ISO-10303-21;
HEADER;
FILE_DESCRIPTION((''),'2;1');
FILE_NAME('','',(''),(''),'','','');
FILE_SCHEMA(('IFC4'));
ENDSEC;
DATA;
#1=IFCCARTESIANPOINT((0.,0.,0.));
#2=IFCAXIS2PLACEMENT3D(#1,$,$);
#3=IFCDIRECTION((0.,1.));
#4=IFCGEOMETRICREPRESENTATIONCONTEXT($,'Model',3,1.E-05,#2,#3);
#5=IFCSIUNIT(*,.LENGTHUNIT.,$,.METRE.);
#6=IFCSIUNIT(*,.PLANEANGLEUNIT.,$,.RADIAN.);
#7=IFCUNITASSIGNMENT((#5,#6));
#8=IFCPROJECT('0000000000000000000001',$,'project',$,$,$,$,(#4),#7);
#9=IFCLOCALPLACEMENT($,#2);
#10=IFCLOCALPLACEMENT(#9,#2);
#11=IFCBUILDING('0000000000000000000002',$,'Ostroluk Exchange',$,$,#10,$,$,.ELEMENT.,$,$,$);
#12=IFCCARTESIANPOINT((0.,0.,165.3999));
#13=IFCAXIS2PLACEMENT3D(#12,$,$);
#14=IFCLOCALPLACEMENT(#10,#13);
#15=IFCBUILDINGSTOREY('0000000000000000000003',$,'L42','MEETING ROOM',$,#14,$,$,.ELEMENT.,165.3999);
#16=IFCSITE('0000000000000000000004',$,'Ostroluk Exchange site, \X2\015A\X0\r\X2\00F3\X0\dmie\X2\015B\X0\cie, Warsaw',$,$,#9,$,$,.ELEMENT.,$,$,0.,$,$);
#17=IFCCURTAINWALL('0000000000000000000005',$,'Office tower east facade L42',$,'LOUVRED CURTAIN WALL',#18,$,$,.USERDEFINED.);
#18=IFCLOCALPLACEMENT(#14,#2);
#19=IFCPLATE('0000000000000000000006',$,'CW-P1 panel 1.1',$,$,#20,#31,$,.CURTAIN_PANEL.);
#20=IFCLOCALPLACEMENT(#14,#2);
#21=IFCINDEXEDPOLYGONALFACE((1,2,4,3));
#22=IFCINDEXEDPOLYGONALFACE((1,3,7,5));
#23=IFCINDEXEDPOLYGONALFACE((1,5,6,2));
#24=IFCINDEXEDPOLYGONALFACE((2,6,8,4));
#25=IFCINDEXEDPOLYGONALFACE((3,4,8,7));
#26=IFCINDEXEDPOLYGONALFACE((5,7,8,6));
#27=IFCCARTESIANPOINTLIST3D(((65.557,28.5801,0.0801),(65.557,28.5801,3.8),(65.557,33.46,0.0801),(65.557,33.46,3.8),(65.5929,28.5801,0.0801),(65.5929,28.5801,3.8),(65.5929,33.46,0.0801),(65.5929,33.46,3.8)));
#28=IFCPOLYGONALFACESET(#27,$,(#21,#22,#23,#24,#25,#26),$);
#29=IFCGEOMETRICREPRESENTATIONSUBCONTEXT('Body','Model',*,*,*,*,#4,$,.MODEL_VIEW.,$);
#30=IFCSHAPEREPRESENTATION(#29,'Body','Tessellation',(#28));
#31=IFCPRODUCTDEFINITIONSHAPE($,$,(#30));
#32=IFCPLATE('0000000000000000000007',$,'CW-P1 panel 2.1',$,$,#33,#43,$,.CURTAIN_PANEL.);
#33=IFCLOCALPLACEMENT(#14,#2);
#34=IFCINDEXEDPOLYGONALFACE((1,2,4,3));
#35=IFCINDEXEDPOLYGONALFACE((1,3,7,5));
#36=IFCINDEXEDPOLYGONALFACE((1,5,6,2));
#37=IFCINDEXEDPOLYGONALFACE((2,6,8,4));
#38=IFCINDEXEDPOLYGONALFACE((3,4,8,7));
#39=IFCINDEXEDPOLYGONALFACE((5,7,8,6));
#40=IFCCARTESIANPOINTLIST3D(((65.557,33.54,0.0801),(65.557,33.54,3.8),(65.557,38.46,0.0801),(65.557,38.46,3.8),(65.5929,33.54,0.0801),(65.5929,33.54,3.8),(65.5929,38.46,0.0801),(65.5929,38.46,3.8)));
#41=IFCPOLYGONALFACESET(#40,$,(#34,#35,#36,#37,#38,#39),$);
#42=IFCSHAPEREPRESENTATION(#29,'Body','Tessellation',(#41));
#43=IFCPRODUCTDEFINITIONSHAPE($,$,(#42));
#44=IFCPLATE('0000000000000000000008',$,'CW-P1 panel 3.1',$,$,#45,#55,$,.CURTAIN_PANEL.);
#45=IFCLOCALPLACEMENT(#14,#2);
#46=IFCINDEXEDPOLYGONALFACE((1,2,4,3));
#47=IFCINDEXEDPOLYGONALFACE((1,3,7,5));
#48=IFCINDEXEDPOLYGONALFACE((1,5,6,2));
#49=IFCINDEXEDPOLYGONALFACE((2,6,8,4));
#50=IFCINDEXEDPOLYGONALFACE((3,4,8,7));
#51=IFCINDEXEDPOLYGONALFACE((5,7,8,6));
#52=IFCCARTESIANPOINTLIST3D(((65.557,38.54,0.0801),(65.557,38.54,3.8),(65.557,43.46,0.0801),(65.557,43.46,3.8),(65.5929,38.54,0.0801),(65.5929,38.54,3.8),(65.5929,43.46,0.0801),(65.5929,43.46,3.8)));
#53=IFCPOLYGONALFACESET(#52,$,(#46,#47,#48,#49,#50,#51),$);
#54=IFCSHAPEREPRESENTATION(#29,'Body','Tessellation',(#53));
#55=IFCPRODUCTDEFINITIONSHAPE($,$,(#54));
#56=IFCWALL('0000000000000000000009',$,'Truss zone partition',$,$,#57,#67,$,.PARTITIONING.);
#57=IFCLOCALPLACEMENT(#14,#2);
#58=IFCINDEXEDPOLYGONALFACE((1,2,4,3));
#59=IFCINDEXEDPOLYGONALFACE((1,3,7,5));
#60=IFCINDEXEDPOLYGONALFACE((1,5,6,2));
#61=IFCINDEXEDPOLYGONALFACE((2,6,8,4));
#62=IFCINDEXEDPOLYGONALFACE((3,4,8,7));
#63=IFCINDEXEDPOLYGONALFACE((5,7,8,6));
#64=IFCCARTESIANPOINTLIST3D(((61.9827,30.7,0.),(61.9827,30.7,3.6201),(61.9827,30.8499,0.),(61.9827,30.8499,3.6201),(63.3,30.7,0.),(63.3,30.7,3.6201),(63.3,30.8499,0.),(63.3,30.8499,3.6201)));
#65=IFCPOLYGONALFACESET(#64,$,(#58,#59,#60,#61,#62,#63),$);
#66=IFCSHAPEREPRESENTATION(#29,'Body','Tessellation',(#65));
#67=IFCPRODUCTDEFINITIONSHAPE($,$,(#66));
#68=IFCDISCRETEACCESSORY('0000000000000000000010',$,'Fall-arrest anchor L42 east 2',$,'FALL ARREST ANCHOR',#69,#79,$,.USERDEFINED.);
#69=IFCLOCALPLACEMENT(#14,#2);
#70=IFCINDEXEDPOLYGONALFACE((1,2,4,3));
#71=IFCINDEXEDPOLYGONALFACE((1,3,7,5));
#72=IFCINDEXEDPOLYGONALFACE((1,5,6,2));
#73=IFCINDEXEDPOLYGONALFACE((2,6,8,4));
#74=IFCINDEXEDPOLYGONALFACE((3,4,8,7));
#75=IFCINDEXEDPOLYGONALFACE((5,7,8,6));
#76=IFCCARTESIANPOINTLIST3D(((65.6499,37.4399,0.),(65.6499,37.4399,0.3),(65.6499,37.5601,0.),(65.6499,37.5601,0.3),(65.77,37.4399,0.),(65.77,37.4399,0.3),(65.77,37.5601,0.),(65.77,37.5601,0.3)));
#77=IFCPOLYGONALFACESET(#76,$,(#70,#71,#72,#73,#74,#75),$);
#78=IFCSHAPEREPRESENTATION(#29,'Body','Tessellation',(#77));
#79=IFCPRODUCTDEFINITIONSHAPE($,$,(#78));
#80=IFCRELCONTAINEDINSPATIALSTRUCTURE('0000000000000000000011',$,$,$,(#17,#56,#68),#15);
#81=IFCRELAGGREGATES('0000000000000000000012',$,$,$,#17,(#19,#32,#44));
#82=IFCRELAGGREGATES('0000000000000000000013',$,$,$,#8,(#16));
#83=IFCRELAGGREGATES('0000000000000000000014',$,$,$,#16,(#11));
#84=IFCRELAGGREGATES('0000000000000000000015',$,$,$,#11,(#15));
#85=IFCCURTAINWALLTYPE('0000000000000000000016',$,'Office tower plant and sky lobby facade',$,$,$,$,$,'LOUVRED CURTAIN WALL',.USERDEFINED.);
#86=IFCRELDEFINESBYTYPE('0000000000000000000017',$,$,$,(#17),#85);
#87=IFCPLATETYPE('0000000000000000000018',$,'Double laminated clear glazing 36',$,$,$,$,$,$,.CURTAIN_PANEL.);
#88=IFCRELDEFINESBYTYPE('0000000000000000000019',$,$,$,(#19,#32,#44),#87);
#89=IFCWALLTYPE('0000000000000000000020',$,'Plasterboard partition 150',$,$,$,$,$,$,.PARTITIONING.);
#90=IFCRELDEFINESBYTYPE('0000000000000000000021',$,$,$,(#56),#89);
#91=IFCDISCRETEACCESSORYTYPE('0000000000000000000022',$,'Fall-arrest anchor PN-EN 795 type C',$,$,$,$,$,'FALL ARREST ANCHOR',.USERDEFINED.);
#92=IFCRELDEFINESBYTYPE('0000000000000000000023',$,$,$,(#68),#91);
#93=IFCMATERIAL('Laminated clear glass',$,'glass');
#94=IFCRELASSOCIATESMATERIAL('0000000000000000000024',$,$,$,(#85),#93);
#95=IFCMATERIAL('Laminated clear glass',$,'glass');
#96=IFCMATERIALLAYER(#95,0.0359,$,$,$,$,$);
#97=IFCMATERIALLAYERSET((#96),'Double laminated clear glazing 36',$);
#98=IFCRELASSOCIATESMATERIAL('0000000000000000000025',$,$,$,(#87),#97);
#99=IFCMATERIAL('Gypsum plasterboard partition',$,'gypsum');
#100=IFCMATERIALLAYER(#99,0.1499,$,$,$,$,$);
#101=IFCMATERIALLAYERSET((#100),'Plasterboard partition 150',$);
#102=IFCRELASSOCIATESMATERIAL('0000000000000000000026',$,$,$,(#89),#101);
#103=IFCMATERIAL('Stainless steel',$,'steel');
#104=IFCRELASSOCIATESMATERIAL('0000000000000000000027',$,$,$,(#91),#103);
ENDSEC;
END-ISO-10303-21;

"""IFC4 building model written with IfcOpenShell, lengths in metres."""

from ifc_helpers import new_model, si_unit, direction, frame, frame_2d, origin, origin_2d, place, context, subcontext, project, spatial, rectangle, extrude, material, layer, layer_set, type_object, element, aggregate, save


model = new_model("IFC4")

# Units and contexts
model_context = context("Model", 3, precision=1e-05, world=origin(), true_north=direction((0.0, 1.0)))
body_context = subcontext(model_context, "Body", "Model", "MODEL_VIEW")
ifc_project = project(units=[si_unit("LENGTHUNIT", "METRE"), si_unit("PLANEANGLEUNIT", "RADIAN")], contexts=[model_context])

# Site, building, storey
site_placement = place(None, origin())
site = spatial("IfcSite", under=ifc_project, at=site_placement, Name="Ostroluk Exchange site, Śródmieście, Warsaw", CompositionType="ELEMENT", RefElevation=0.0)
building_placement = place(site_placement, origin())
building = spatial("IfcBuilding", under=site, at=building_placement, Name="Ostroluk Exchange", CompositionType="ELEMENT")
storey_placement = place(building_placement, frame((0.0, 0.0, 165.3999)))
storey = spatial("IfcBuildingStorey", under=building, at=storey_placement, Name="L42", Description="MEETING ROOM", CompositionType="ELEMENT", Elevation=165.3999)

# Curtain wall, plates
ifc_material_1 = material(Name="Laminated clear glass", Category="glass")
curtain_wall_type = type_object("IfcCurtainWallType", Name="Office tower plant and sky lobby facade", ElementType="LOUVRED CURTAIN WALL", PredefinedType="USERDEFINED", material=ifc_material_1)
curtain_wall_placement = place(storey_placement, origin())
curtain_wall = element("IfcCurtainWall", 1, at=curtain_wall_placement, inside=storey, type_object=curtain_wall_type, Name="Office tower east facade L42", ObjectType="LOUVRED CURTAIN WALL", PredefinedType="USERDEFINED")
ifc_material_2 = material(Name="Laminated clear glass", Category="glass")
ifc_layer_1 = layer(ifc_material_2, 0.0359)
ifc_layer_set_1 = layer_set([ifc_layer_1], Name="Double laminated clear glazing 36")
plate_type = type_object("IfcPlateType", Name="Double laminated clear glazing 36", PredefinedType="CURTAIN_PANEL", material=ifc_layer_set_1)
plate_1_placement = place(storey_placement, frame((65.575, 31.02, 0.0801), z_axis=(0.0, 0.0, 1.0), x_axis=(0.0, 1.0, 0.0)))
plate_1 = element("IfcPlate", 2, at=plate_1_placement, type_object=plate_type, Name="CW-P1 panel 1.1", PredefinedType="CURTAIN_PANEL", context=body_context, shape_type="SweptSolid", body=[
    extrude(rectangle(XDim=4.8799, YDim=0.0359, at=origin_2d()), origin(), (0.0, 0.0, 1.0), 3.72),
])
plate_2_placement = place(storey_placement, frame((65.575, 36.0, 0.0801), z_axis=(0.0, 0.0, 1.0), x_axis=(0.0, 1.0, 0.0)))
plate_2 = element("IfcPlate", 3, at=plate_2_placement, type_object=plate_type, Name="CW-P1 panel 2.1", PredefinedType="CURTAIN_PANEL", context=body_context, shape_type="SweptSolid", body=[
    extrude(rectangle(XDim=4.9199, YDim=0.0359, at=origin_2d()), origin(), (0.0, 0.0, 1.0), 3.72),
])
plate_3_placement = place(storey_placement, frame((65.575, 41.0, 0.0801), z_axis=(0.0, 0.0, 1.0), x_axis=(0.0, 1.0, 0.0)))
plate_3 = element("IfcPlate", 4, at=plate_3_placement, type_object=plate_type, Name="CW-P1 panel 3.1", PredefinedType="CURTAIN_PANEL", context=body_context, shape_type="SweptSolid", body=[
    extrude(rectangle(XDim=4.9199, YDim=0.0359, at=origin_2d()), origin(), (0.0, 0.0, 1.0), 3.72),
])
aggregate(curtain_wall, [plate_1, plate_2, plate_3])

# Wall
ifc_material_3 = material(Name="Gypsum plasterboard partition", Category="gypsum")
ifc_layer_2 = layer(ifc_material_3, 0.1499)
ifc_layer_set_2 = layer_set([ifc_layer_2], Name="Plasterboard partition 150")
wall_type = type_object("IfcWallType", Name="Plasterboard partition 150", PredefinedType="PARTITIONING", material=ifc_layer_set_2)
wall_placement = place(storey_placement, frame((63.3, 30.7749, 0.0), z_axis=(0.0, 0.0, 1.0), x_axis=(-1.0, 0.0, 0.0)))
element("IfcWall", 5, at=wall_placement, inside=storey, type_object=wall_type, Name="Truss zone partition", PredefinedType="PARTITIONING", context=body_context, shape_type="SweptSolid", body=[
    extrude(rectangle(XDim=1.3174, YDim=0.1499, at=frame_2d((0.6587, 0.0))), origin(), (0.0, 0.0, 1.0), 3.6201),
])

# Discrete accessory
ifc_material_4 = material(Name="Stainless steel", Category="steel")
discrete_accessory_type = type_object("IfcDiscreteAccessoryType", Name="Fall-arrest anchor PN-EN 795 type C", ElementType="FALL ARREST ANCHOR", PredefinedType="USERDEFINED", material=ifc_material_4)
discrete_accessory_placement = place(storey_placement, frame((65.71, 37.5, 0.0), z_axis=(0.0, 0.0, 1.0), x_axis=(1.0, 0.0, 0.0)))
element("IfcDiscreteAccessory", 6, at=discrete_accessory_placement, inside=storey, type_object=discrete_accessory_type, Name="Fall-arrest anchor L42 east 2", ObjectType="FALL ARREST ANCHOR", PredefinedType="USERDEFINED", context=body_context, shape_type="SweptSolid", body=[
    extrude(rectangle(XDim=0.1201, YDim=0.1201, at=origin_2d()), origin(), (0.0, 0.0, 1.0), 0.3),
])

save(model, "model.ifc")
